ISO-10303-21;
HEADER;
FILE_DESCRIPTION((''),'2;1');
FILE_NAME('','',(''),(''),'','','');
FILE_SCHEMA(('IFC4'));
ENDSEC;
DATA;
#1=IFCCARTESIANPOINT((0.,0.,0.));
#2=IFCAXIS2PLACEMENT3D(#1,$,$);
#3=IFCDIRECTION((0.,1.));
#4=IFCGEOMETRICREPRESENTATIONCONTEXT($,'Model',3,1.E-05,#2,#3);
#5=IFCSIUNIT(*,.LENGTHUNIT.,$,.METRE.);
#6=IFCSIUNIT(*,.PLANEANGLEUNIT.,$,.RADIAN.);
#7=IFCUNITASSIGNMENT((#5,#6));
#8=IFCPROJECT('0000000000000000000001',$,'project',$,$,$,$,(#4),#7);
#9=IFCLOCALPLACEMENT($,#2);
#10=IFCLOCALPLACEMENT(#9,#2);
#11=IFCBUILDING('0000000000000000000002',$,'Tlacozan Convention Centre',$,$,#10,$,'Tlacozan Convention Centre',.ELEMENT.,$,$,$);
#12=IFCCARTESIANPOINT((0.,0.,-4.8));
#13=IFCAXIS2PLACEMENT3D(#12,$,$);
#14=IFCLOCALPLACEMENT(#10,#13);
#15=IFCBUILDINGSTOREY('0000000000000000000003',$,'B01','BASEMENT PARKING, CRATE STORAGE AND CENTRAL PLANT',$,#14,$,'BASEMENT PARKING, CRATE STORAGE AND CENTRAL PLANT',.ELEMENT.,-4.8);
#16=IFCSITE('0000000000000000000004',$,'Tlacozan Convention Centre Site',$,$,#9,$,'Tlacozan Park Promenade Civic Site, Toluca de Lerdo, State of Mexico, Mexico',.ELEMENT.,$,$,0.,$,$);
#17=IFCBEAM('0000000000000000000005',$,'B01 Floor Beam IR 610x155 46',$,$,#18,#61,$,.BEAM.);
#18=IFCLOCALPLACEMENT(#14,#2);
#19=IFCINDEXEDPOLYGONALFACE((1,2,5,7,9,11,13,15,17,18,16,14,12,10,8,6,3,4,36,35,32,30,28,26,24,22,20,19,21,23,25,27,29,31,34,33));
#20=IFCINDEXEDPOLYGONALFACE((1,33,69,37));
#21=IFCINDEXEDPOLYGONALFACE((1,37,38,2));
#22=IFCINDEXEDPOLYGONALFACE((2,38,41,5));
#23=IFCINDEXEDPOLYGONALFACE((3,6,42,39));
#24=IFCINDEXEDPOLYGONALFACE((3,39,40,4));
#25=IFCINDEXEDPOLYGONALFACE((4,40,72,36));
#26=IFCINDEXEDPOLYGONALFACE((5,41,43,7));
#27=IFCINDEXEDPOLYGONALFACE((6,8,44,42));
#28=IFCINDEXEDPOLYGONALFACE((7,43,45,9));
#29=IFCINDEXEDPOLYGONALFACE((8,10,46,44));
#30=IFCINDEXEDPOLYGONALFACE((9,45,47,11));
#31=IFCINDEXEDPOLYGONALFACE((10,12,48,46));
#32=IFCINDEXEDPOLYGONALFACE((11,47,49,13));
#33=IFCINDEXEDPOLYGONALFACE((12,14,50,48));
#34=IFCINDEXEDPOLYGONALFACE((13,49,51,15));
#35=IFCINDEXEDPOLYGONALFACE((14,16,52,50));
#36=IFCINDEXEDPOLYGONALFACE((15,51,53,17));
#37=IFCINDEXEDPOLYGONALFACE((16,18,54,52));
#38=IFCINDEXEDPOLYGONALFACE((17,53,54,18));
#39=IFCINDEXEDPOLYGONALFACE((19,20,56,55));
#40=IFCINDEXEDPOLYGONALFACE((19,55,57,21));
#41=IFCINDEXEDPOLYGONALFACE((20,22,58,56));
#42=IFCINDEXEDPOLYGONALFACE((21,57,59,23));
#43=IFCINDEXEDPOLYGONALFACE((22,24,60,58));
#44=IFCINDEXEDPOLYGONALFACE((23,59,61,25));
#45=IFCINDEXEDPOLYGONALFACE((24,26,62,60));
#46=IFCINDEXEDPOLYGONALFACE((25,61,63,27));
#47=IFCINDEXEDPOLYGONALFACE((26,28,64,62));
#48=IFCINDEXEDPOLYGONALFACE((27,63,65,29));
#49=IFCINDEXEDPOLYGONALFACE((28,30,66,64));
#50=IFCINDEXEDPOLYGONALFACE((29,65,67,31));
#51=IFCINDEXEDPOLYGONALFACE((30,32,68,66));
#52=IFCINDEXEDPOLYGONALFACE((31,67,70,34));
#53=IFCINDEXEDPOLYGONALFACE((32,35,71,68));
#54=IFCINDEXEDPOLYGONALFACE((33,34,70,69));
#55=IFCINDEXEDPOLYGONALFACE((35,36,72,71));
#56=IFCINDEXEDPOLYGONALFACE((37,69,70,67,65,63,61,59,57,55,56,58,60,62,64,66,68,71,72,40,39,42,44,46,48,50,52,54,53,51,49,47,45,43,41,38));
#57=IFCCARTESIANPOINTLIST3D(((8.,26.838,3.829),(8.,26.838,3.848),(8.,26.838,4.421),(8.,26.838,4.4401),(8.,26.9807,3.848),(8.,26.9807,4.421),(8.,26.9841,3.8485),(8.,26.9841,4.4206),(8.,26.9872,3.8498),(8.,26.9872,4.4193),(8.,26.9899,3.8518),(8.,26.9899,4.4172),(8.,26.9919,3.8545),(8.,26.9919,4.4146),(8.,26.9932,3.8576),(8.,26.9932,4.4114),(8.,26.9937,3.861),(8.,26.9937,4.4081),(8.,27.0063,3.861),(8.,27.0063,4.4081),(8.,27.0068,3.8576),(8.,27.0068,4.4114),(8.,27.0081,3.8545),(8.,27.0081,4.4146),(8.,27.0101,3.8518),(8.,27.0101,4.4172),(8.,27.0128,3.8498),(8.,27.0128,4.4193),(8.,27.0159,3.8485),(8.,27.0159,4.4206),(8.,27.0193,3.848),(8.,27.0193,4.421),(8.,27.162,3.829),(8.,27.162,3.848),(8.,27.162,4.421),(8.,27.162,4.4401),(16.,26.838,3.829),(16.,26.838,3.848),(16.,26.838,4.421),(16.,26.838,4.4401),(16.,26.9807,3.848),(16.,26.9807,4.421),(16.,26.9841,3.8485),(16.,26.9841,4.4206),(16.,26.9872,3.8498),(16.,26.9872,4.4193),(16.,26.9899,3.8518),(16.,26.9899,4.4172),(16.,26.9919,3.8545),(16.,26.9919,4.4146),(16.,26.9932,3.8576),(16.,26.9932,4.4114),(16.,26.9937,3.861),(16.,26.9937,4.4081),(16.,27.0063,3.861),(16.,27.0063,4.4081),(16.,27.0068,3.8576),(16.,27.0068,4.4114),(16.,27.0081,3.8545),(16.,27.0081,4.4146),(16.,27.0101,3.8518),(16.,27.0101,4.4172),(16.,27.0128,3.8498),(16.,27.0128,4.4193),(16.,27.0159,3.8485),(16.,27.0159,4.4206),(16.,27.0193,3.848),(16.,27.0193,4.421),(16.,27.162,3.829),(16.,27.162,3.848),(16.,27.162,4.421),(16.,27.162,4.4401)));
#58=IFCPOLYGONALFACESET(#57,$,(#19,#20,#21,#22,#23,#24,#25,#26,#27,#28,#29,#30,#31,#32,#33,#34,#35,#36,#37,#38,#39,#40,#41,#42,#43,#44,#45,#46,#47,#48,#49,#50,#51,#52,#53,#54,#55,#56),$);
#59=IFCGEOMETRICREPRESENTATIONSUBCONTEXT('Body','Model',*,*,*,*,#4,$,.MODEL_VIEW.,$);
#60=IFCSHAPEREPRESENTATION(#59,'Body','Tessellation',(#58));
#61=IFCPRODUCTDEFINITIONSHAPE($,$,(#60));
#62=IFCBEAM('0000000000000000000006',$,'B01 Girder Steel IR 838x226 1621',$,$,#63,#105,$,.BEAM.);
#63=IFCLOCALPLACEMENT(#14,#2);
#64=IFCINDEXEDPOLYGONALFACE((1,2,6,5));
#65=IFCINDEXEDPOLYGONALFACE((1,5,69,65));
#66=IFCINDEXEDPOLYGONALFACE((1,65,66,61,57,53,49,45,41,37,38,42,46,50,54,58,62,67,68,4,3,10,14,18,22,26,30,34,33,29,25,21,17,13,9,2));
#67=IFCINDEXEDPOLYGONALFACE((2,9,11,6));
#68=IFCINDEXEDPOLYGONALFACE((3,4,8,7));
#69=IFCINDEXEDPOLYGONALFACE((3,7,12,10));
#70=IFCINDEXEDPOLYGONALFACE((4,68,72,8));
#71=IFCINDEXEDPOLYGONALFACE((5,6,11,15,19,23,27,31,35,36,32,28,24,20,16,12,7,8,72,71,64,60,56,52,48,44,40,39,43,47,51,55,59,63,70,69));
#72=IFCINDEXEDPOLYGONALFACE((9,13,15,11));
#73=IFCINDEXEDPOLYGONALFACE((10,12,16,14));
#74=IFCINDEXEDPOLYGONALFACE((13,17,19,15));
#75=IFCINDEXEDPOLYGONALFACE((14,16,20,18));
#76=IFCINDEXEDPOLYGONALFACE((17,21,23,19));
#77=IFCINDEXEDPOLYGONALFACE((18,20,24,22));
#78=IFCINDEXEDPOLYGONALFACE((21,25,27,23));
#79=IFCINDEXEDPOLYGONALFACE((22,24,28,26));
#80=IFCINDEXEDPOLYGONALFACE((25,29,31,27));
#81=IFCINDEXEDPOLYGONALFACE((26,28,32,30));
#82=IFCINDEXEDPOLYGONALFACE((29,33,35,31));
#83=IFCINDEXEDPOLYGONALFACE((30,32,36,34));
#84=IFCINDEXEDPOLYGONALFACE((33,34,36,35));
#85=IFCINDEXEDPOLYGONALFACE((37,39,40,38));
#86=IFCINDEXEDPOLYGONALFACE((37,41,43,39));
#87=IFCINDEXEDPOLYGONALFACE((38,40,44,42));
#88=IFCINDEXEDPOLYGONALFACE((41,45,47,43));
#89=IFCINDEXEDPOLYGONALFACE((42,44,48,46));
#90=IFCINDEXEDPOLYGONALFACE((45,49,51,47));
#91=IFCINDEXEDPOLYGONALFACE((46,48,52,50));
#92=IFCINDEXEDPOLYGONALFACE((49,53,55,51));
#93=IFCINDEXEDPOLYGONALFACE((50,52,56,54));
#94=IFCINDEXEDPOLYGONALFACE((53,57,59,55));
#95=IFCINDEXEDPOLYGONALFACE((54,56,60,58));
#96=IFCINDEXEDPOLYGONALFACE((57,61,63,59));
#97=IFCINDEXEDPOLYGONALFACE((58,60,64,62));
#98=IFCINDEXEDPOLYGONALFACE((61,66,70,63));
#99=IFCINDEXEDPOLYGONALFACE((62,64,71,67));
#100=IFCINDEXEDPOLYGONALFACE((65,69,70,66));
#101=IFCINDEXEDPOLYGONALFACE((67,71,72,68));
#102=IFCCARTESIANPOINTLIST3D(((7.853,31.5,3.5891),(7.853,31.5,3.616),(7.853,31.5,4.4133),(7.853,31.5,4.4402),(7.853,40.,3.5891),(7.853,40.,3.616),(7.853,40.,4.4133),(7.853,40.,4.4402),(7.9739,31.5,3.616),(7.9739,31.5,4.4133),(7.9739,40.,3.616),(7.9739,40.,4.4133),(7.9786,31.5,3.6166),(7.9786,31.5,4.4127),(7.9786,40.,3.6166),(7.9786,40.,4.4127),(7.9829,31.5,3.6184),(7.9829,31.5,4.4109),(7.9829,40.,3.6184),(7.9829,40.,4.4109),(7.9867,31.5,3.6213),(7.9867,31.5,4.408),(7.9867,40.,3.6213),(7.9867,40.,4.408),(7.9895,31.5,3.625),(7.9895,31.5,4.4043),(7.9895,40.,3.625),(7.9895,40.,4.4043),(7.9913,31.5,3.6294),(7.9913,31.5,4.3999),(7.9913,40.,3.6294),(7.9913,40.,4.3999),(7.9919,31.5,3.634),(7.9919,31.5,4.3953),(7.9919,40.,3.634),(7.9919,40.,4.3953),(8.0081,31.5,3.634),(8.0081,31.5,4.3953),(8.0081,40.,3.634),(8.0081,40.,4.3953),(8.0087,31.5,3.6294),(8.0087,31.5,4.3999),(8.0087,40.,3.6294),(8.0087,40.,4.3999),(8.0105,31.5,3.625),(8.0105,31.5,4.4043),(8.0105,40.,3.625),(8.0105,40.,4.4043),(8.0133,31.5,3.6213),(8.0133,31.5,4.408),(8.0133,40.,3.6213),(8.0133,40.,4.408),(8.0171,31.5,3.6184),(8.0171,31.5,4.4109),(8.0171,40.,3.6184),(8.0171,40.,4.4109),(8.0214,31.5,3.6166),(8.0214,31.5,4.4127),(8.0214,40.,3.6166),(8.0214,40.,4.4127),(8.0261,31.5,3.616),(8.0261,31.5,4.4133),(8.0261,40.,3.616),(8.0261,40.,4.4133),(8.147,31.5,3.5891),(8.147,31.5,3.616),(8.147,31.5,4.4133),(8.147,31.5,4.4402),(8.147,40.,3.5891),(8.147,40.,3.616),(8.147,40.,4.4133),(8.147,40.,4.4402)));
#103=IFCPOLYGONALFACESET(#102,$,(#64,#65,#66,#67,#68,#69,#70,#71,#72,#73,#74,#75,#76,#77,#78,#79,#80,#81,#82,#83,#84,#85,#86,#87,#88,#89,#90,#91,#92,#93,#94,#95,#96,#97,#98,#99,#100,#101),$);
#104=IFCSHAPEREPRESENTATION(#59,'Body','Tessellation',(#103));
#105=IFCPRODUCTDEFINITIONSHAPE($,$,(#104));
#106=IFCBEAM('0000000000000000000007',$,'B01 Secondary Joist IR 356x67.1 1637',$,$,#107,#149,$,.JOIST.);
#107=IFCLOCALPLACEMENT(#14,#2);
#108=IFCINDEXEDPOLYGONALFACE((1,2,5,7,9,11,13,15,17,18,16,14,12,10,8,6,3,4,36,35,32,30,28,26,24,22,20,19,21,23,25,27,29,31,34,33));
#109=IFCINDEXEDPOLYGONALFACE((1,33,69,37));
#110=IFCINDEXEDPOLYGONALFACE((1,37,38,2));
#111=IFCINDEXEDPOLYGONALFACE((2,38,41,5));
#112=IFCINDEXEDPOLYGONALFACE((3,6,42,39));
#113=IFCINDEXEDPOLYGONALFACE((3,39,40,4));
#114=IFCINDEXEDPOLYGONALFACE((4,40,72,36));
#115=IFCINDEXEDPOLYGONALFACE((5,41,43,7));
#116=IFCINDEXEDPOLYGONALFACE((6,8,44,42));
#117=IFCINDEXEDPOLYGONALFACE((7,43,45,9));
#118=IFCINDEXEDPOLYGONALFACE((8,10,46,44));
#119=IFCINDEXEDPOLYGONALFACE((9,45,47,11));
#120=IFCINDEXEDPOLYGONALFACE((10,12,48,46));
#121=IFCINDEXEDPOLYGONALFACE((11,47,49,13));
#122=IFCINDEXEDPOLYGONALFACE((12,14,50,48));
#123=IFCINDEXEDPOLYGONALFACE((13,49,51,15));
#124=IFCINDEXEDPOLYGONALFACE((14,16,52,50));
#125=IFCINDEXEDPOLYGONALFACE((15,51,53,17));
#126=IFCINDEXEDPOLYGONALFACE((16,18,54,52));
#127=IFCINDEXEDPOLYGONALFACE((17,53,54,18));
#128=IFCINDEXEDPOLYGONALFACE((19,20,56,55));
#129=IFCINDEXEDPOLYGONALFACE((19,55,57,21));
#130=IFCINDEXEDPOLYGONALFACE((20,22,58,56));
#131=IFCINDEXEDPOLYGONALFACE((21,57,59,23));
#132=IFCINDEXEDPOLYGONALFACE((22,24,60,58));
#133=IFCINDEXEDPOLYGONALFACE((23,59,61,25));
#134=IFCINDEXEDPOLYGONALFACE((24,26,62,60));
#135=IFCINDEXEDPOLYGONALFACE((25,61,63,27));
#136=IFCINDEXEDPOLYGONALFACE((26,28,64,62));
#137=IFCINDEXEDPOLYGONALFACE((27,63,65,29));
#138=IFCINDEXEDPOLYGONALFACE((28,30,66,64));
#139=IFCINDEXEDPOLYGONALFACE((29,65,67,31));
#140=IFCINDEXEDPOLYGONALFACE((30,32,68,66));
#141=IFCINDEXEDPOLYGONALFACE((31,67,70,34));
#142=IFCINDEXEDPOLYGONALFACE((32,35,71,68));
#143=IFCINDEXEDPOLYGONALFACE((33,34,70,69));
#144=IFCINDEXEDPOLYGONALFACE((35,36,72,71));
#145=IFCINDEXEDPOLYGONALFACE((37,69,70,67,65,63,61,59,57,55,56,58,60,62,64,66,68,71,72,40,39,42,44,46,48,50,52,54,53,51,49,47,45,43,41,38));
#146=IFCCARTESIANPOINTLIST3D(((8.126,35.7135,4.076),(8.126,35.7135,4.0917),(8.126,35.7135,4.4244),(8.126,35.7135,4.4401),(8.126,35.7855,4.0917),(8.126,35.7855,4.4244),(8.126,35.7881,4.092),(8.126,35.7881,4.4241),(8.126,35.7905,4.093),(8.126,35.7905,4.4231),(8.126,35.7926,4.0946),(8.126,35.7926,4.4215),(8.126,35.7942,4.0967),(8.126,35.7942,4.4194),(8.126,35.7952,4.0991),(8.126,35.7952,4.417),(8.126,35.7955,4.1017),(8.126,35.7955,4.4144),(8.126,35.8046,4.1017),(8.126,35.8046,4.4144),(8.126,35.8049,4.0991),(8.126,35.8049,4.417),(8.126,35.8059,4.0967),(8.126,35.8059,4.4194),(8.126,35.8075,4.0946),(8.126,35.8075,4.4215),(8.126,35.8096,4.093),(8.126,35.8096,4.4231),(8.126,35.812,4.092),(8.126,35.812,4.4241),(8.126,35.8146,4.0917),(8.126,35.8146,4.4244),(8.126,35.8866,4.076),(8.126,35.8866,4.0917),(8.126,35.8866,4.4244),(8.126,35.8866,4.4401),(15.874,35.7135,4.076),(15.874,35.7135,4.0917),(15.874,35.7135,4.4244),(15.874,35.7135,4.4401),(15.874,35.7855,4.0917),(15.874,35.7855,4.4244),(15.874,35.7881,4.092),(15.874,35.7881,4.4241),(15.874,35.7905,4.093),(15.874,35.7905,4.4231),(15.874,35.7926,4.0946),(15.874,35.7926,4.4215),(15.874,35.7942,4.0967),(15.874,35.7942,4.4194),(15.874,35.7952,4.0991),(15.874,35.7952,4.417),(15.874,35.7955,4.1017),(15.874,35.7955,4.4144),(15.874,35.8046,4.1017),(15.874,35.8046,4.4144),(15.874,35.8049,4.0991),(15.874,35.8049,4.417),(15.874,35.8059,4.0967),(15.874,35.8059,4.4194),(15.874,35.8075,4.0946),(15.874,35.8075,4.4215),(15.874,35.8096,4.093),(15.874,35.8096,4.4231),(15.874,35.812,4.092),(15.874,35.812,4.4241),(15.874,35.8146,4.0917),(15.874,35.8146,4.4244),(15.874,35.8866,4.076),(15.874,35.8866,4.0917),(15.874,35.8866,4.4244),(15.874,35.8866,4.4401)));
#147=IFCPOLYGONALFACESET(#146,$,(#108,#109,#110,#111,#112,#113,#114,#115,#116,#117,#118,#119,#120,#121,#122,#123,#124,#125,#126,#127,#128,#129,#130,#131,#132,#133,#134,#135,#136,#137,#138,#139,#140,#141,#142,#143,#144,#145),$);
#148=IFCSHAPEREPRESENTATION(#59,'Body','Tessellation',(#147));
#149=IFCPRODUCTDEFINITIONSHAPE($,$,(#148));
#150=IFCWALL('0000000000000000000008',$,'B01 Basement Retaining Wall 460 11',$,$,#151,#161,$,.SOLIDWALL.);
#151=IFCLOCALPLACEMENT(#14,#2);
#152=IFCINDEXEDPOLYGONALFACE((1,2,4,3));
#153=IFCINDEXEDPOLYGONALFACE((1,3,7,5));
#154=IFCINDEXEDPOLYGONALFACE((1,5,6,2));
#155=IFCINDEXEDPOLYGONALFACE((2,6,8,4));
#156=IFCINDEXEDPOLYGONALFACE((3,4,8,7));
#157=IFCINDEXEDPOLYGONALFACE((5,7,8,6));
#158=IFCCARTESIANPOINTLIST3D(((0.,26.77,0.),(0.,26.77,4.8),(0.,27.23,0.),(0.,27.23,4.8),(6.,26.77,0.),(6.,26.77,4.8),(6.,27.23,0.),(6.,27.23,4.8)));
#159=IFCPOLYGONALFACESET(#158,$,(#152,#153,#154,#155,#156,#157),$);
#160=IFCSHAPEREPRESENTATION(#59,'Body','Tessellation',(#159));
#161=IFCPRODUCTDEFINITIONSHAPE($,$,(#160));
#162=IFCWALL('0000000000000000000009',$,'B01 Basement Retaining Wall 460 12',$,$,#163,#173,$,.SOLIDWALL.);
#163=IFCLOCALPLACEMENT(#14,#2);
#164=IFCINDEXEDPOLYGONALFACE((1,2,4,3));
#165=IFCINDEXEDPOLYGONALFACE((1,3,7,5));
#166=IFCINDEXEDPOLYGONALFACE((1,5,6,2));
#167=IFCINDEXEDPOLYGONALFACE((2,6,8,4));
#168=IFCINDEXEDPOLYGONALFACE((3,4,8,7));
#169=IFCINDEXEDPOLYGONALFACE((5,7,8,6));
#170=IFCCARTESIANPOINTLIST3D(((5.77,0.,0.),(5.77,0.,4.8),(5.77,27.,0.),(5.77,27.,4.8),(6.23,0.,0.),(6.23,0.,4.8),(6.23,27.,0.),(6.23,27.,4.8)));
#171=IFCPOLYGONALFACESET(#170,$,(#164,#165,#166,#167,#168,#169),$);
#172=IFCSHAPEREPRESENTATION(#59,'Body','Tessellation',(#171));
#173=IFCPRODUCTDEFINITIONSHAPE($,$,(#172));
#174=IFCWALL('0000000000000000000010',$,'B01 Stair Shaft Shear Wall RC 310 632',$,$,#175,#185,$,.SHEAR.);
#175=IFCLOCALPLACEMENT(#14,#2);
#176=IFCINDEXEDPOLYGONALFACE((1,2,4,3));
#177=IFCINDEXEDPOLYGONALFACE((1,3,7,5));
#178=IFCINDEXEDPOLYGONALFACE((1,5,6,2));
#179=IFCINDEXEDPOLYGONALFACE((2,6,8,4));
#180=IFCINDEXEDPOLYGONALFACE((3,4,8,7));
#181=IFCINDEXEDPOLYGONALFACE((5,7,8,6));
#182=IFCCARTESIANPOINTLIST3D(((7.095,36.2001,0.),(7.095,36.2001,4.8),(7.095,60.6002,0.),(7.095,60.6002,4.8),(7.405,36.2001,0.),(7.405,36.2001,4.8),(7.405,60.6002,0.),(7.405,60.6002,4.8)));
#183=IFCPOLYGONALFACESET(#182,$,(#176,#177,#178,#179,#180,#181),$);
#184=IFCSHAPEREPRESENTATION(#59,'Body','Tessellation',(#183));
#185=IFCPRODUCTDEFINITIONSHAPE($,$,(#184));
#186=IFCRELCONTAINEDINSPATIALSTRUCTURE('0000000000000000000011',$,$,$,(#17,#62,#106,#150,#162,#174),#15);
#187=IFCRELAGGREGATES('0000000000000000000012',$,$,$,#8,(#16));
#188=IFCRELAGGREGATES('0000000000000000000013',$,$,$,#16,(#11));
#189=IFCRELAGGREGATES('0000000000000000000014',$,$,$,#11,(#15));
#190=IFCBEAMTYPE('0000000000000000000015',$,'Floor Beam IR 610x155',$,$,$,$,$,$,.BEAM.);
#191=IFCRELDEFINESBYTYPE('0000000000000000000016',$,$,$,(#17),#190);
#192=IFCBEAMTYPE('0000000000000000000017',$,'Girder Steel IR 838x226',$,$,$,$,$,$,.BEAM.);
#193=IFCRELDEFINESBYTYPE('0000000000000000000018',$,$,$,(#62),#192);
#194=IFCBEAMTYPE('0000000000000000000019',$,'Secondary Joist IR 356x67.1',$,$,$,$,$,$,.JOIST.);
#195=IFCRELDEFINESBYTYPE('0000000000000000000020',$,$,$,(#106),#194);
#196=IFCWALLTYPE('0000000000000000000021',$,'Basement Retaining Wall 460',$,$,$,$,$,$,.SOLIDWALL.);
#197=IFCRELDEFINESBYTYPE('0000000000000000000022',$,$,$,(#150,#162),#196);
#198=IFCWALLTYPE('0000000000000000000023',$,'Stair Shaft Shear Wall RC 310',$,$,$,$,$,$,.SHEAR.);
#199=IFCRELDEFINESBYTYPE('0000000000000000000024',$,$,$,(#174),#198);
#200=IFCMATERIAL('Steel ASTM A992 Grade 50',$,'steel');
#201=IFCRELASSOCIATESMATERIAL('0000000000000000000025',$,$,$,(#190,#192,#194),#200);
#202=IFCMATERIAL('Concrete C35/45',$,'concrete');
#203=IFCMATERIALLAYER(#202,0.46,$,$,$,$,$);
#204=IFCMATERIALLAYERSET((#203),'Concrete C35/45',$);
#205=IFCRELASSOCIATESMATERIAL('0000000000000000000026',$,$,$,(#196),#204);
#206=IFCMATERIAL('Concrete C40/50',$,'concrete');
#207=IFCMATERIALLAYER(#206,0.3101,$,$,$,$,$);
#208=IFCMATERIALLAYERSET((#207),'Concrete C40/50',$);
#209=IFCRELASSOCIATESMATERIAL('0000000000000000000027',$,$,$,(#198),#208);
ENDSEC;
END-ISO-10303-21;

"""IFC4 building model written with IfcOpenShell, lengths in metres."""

from ifc_helpers import new_model, si_unit, direction, frame, frame_2d, origin, origin_2d, place, context, subcontext, project, spatial, rectangle, i_section, extrude, material, layer, layer_set, material_profile, profile_set, type_object, element, save


model = new_model("IFC4")

# Units and contexts
model_context = context("Model", 3, precision=1e-05, world=origin(), true_north=direction((0.0, 1.0)))
body_context = subcontext(model_context, "Body", "Model", "MODEL_VIEW")
ifc_project = project(units=[si_unit("LENGTHUNIT", "METRE"), si_unit("PLANEANGLEUNIT", "RADIAN")], contexts=[model_context])

# Site, building, storey
site_placement = place(None, origin())
site = spatial("IfcSite", under=ifc_project, at=site_placement, Name="Tlacozan Convention Centre Site", LongName="Tlacozan Park Promenade Civic Site, Toluca de Lerdo, State of Mexico, Mexico", CompositionType="ELEMENT", RefElevation=0.0)
building_placement = place(site_placement, origin())
building = spatial("IfcBuilding", under=site, at=building_placement, Name="Tlacozan Convention Centre", LongName="Tlacozan Convention Centre", CompositionType="ELEMENT")
storey_placement = place(building_placement, frame((0.0, 0.0, -4.8)))
storey = spatial("IfcBuildingStorey", under=building, at=storey_placement, Name="B01", Description="BASEMENT PARKING, CRATE STORAGE AND CENTRAL PLANT", LongName="BASEMENT PARKING, CRATE STORAGE AND CENTRAL PLANT", CompositionType="ELEMENT", Elevation=-4.8)

# Shared definitions
ifc_material_1 = material(Name="Concrete C35/45", Category="concrete")

# Shared definitions
ifc_material_2 = material(Name="Concrete C40/50", Category="concrete")

# Beams
ifc_material_3 = material(Name="Steel ASTM A992 Grade 50", Category="steel")
ifc_material_profile_1 = material_profile(ifc_material_3, i_section(OverallWidth=0.324, OverallDepth=0.6111, WebThickness=0.0127, FlangeThickness=0.019, FilletRadius=0.0129, at=origin_2d()), Name="IR 610x155.0")
ifc_profile_set_1 = profile_set([ifc_material_profile_1], Name="Steel ASTM A992 Grade 50")
beam_type_1 = type_object("IfcBeamType", Name="Floor Beam IR 610x155", PredefinedType="BEAM", material=ifc_profile_set_1)
beam_1_placement = place(storey_placement, frame((8.0, 27.0, 4.1345), z_axis=(1.0, 0.0, 0.0), x_axis=(0.0, 1.0, 0.0)))
element("IfcBeam", 1, at=beam_1_placement, inside=storey, type_object=beam_type_1, Name="B01 Floor Beam IR 610x155 46", PredefinedType="BEAM", context=body_context, shape_type="SweptSolid", body=[
    extrude(i_section(OverallWidth=0.324, OverallDepth=0.6111, WebThickness=0.0127, FlangeThickness=0.019, FilletRadius=0.0129, at=origin_2d()), origin(), (0.0, 0.0, 1.0), 8.0),
])
ifc_material_profile_2 = material_profile(ifc_material_3, i_section(OverallWidth=0.2939, OverallDepth=0.8511, WebThickness=0.0161, FlangeThickness=0.0269, FilletRadius=0.0181, at=origin_2d()), Name="IR 838x226.0")
ifc_profile_set_2 = profile_set([ifc_material_profile_2], Name="Steel ASTM A992 Grade 50")
beam_type_2 = type_object("IfcBeamType", Name="Girder Steel IR 838x226", PredefinedType="BEAM", material=ifc_profile_set_2)
beam_2_placement = place(storey_placement, frame((8.0, 31.5, 4.0146), z_axis=(0.0, 1.0, 0.0), x_axis=(-1.0, 0.0, 0.0)))
element("IfcBeam", 2, at=beam_2_placement, inside=storey, type_object=beam_type_2, Name="B01 Girder Steel IR 838x226 1621", PredefinedType="BEAM", context=body_context, shape_type="SweptSolid", body=[
    extrude(i_section(OverallWidth=0.2939, OverallDepth=0.8511, WebThickness=0.0161, FlangeThickness=0.0269, FilletRadius=0.0181, at=origin_2d()), origin(), (0.0, 0.0, 1.0), 8.5),
])
ifc_material_profile_3 = material_profile(ifc_material_3, i_section(OverallWidth=0.1731, OverallDepth=0.364, WebThickness=0.009, FlangeThickness=0.0156, FilletRadius=0.01, at=origin_2d()), Name="IR 356x67.1")
ifc_profile_set_3 = profile_set([ifc_material_profile_3], Name="Steel ASTM A992 Grade 50")
beam_type_3 = type_object("IfcBeamType", Name="Secondary Joist IR 356x67.1", PredefinedType="JOIST", material=ifc_profile_set_3)
beam_3_placement = place(storey_placement, frame((8.126, 35.8, 4.2581), z_axis=(1.0, 0.0, 0.0), x_axis=(0.0, 1.0, 0.0)))
element("IfcBeam", 3, at=beam_3_placement, inside=storey, type_object=beam_type_3, Name="B01 Secondary Joist IR 356x67.1 1637", PredefinedType="JOIST", context=body_context, shape_type="SweptSolid", body=[
    extrude(i_section(OverallWidth=0.1731, OverallDepth=0.364, WebThickness=0.009, FlangeThickness=0.0156, FilletRadius=0.01, at=origin_2d()), origin(), (0.0, 0.0, 1.0), 7.748),
])

# Walls
ifc_layer_1 = layer(ifc_material_1, 0.46)
ifc_layer_set_1 = layer_set([ifc_layer_1], Name="Concrete C35/45")
wall_type_1 = type_object("IfcWallType", Name="Basement Retaining Wall 460", PredefinedType="SOLIDWALL", material=ifc_layer_set_1)
wall_1_placement = place(storey_placement, frame((0.0, 27.0, 0.0), z_axis=(0.0, 0.0, 1.0), x_axis=(1.0, 0.0, 0.0)))
element("IfcWall", 4, at=wall_1_placement, inside=storey, type_object=wall_type_1, Name="B01 Basement Retaining Wall 460 11", PredefinedType="SOLIDWALL", context=body_context, shape_type="SweptSolid", body=[
    extrude(rectangle(XDim=6.0, YDim=0.46, at=frame_2d((3.0, 0.0))), origin(), (0.0, 0.0, 1.0), 4.8),
])
wall_2_placement = place(storey_placement, frame((6.0, 27.0, 0.0), z_axis=(0.0, 0.0, 1.0), x_axis=(0.0, -1.0, 0.0)))
element("IfcWall", 5, at=wall_2_placement, inside=storey, type_object=wall_type_1, Name="B01 Basement Retaining Wall 460 12", PredefinedType="SOLIDWALL", context=body_context, shape_type="SweptSolid", body=[
    extrude(rectangle(XDim=27.0, YDim=0.46, at=frame_2d((13.5, 0.0))), origin(), (0.0, 0.0, 1.0), 4.8),
])
ifc_layer_2 = layer(ifc_material_2, 0.3101)
ifc_layer_set_2 = layer_set([ifc_layer_2], Name="Concrete C40/50")
wall_type_2 = type_object("IfcWallType", Name="Stair Shaft Shear Wall RC 310", PredefinedType="SHEAR", material=ifc_layer_set_2)
for number, where, z_axis, x_axis, name in (
    (6, (7.25, 36.2, 0.0), (0.0, 0.0, 1.0), (0.0, 1.0, 0.0), "B01 Stair Shaft Shear Wall RC 310 632"),
):
    element("IfcWall", number, at=place(storey_placement, frame(where, z_axis=z_axis, x_axis=x_axis)), inside=storey, type_object=wall_type_2, Name=name, PredefinedType="SHEAR", context=body_context, shape_type="SweptSolid", body=[
        extrude(rectangle(XDim=24.4001, YDim=0.3101, at=frame_2d((12.2002, 0.0))), origin(), (0.0, 0.0, 1.0), 4.8),
    ])

save(model, "model.ifc")
